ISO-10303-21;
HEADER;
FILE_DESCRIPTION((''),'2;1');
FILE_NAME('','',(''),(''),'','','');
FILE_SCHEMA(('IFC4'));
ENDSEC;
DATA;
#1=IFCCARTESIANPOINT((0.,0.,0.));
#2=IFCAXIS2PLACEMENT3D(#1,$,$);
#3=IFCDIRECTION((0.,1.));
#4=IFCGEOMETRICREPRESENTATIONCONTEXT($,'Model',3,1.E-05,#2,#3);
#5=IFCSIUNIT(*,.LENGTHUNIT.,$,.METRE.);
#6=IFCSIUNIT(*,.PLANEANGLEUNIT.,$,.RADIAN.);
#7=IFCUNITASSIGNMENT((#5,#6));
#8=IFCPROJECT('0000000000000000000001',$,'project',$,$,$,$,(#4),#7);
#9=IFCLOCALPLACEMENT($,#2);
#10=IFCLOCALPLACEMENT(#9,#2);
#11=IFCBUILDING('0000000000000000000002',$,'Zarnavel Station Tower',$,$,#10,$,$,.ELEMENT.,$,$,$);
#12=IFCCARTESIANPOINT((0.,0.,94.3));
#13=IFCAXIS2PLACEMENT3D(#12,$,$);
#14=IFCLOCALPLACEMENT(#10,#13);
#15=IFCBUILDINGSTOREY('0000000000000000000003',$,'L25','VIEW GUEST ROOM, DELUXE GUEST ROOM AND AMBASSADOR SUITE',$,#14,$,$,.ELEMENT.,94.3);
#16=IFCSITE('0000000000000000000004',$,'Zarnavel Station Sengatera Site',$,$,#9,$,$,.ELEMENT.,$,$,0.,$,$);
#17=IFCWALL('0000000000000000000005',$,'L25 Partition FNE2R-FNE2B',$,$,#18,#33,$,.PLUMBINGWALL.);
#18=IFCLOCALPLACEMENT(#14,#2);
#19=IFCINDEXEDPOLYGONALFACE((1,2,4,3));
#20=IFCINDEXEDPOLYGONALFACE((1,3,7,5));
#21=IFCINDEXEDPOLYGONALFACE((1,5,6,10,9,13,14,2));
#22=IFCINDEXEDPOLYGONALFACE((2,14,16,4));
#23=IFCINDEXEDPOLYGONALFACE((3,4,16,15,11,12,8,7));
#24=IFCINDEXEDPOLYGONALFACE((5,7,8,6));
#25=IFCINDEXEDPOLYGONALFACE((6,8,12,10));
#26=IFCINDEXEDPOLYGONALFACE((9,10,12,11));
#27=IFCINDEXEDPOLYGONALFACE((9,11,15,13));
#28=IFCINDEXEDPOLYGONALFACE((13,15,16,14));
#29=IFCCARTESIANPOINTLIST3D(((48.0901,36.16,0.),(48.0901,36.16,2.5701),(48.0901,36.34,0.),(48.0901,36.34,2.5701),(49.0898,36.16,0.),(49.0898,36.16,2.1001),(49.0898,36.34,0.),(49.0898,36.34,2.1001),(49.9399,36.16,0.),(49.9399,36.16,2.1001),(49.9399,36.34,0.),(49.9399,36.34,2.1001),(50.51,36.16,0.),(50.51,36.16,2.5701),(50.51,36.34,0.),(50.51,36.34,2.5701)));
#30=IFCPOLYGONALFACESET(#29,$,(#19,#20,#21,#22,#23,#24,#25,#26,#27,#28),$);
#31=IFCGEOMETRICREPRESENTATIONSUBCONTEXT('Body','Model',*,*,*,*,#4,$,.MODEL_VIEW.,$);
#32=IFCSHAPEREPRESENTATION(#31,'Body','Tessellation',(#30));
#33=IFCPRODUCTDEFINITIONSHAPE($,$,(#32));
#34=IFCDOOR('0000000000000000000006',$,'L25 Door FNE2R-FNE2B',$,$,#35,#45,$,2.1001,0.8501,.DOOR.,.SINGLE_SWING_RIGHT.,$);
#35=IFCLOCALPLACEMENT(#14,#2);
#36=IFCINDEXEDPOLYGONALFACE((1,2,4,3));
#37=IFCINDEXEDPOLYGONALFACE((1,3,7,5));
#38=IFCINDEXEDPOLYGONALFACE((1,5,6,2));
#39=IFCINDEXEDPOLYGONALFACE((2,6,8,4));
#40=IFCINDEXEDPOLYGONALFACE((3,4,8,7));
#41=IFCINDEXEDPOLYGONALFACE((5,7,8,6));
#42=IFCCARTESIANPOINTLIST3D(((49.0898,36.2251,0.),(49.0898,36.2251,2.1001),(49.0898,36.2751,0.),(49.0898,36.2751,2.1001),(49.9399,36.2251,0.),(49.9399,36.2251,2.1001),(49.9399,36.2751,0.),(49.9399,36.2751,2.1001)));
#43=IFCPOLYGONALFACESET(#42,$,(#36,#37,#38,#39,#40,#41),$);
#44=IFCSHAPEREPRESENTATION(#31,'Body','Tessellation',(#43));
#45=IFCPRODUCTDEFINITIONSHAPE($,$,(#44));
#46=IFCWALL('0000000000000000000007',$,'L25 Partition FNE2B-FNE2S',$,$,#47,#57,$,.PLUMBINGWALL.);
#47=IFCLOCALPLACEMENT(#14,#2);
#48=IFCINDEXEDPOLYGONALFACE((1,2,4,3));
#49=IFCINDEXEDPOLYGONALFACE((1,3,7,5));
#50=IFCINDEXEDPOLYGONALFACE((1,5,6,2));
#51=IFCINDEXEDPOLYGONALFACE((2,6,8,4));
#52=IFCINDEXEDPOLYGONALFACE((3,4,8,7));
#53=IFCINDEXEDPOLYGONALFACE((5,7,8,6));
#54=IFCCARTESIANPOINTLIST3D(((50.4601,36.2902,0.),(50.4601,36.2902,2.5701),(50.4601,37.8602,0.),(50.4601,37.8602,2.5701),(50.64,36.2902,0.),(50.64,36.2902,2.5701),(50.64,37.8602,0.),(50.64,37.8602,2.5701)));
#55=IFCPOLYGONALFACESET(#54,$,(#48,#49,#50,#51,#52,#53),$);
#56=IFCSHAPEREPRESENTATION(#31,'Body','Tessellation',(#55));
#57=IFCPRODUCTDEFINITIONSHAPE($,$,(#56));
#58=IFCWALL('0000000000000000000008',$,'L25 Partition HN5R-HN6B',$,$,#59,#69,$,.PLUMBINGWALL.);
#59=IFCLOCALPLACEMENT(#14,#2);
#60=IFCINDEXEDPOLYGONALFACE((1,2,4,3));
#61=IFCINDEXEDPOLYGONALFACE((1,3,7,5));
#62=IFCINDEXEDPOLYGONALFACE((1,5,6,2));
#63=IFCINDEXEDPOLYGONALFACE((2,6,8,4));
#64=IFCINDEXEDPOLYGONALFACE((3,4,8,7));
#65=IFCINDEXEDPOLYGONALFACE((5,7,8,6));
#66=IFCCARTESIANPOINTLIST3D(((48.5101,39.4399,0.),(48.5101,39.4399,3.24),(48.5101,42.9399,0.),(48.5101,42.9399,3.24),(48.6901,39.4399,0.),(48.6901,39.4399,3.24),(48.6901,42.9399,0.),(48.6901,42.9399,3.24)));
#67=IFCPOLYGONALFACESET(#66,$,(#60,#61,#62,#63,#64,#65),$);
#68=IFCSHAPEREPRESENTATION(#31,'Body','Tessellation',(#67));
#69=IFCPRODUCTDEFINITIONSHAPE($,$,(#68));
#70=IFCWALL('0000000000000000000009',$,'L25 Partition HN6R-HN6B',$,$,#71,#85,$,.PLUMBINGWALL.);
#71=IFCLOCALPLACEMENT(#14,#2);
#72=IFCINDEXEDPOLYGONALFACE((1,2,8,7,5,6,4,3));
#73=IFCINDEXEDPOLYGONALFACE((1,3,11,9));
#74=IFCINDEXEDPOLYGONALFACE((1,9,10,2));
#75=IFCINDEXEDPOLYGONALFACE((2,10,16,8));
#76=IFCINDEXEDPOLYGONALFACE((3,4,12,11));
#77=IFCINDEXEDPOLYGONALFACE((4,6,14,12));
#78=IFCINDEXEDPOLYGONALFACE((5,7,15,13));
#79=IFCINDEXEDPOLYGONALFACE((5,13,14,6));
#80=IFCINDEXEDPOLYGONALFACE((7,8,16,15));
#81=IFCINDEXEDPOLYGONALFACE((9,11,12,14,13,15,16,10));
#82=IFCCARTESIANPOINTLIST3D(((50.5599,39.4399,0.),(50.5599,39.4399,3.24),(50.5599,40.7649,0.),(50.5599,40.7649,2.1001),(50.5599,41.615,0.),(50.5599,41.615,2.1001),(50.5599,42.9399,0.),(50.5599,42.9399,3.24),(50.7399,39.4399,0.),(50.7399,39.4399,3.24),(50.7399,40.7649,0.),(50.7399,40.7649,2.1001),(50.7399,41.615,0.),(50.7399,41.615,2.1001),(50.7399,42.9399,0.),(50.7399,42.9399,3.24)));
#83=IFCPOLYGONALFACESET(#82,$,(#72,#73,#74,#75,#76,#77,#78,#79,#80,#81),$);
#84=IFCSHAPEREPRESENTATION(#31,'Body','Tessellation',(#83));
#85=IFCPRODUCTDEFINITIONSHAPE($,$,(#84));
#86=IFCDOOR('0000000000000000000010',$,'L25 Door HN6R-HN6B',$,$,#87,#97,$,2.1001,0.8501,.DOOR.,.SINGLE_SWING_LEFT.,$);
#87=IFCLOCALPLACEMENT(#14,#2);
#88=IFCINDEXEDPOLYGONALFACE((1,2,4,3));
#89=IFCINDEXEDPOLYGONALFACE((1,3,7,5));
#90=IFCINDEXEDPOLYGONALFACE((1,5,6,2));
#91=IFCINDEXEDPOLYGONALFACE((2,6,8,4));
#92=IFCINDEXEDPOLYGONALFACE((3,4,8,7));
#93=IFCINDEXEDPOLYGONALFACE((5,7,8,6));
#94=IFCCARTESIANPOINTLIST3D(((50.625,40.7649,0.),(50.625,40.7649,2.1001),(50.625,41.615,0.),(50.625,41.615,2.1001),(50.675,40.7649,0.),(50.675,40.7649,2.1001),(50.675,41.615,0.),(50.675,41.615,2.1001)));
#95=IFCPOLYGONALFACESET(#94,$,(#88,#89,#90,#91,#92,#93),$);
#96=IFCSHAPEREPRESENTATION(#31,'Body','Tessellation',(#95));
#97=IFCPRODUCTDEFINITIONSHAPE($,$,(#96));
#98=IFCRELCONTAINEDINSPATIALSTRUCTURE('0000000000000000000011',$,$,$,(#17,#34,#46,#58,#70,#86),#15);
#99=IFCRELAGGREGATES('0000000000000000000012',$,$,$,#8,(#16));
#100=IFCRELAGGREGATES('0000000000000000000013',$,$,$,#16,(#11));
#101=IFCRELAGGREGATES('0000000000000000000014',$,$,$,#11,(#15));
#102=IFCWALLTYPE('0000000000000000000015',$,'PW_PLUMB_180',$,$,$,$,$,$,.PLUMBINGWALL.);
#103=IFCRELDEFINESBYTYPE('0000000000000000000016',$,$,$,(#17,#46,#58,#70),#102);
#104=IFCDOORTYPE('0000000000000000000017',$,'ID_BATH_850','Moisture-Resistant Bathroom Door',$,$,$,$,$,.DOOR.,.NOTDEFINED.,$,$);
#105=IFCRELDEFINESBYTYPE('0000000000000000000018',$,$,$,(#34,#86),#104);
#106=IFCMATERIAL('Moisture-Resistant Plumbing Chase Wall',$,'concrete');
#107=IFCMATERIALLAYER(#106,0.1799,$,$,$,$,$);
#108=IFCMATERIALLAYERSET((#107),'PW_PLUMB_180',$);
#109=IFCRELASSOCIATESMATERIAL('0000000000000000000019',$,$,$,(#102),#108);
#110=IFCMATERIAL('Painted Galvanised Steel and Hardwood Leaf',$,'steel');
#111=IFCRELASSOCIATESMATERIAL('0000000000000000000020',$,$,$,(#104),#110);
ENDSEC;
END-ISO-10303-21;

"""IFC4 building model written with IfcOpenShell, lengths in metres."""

from ifc_helpers import new_model, si_unit, direction, frame, frame_2d, origin, place, context, subcontext, project, spatial, rectangle, extrude, material, layer, layer_set, type_object, element, fill, save


model = new_model("IFC4")

# Units and contexts
model_context = context("Model", 3, precision=1e-05, world=origin(), true_north=direction((0.0, 1.0)))
body_context = subcontext(model_context, "Body", "Model", "MODEL_VIEW")
ifc_project = project(units=[si_unit("LENGTHUNIT", "METRE"), si_unit("PLANEANGLEUNIT", "RADIAN")], contexts=[model_context])

# Site, building, storey
site_placement = place(None, origin())
site = spatial("IfcSite", under=ifc_project, at=site_placement, Name="Zarnavel Station Sengatera Site", CompositionType="ELEMENT", RefElevation=0.0)
building_placement = place(site_placement, origin())
building = spatial("IfcBuilding", under=site, at=building_placement, Name="Zarnavel Station Tower", CompositionType="ELEMENT")
storey_placement = place(building_placement, frame((0.0, 0.0, 94.3)))
storey = spatial("IfcBuildingStorey", under=building, at=storey_placement, Name="L25", Description="VIEW GUEST ROOM, DELUXE GUEST ROOM AND AMBASSADOR SUITE", CompositionType="ELEMENT", Elevation=94.3)

# Shared definitions
ifc_material_1 = material(Name="Moisture-Resistant Plumbing Chase Wall", Category="concrete")
ifc_layer_1 = layer(ifc_material_1, 0.1799)
ifc_layer_set_1 = layer_set([ifc_layer_1], Name="PW_PLUMB_180")
wall_type_1 = type_object("IfcWallType", Name="PW_PLUMB_180", PredefinedType="PLUMBINGWALL", material=ifc_layer_set_1)

# Wall, opening, door
wall_1_placement = place(storey_placement, frame((50.51, 36.25, 0.0), z_axis=(0.0, 0.0, 1.0), x_axis=(-1.0, 0.0, 0.0)))
wall_1 = element("IfcWall", 1, at=wall_1_placement, inside=storey, type_object=wall_type_1, Name="L25 Partition FNE2R-FNE2B", PredefinedType="PLUMBINGWALL", context=body_context, shape_type="SweptSolid", body=[
    extrude(rectangle(XDim=2.4199, YDim=0.1799, at=frame_2d((1.21, 0.0))), origin(), (0.0, 0.0, 1.0), 2.5701),
])
opening_1_placement = place(wall_1_placement, frame((0.5701, 0.0, 0.0)))
opening_1 = element("IfcOpeningElement", 2, at=opening_1_placement, cuts=wall_1, PredefinedType="OPENING", context=body_context, shape_type="SweptSolid", body=[
    extrude(rectangle(XDim=0.8501, YDim=2.1001, at=frame_2d((0.425, 1.05))), frame((0.0, 0.0999, 0.0), z_axis=(0.0, -1.0, 0.0), x_axis=(1.0, 0.0, 0.0)), (0.0, 0.0, 1.0), 0.2),
])
ifc_material_2 = material(Name="Painted Galvanised Steel and Hardwood Leaf", Category="steel")
door_type_1 = type_object("IfcDoorType", Name="ID_BATH_850", Description="Moisture-Resistant Bathroom Door", OperationType="NOTDEFINED", PredefinedType="DOOR", material=ifc_material_2)
door_1_placement = place(opening_1_placement, origin())
door_1 = element("IfcDoor", 3, at=door_1_placement, inside=storey, type_object=door_type_1, Name="L25 Door FNE2R-FNE2B", OperationType="SINGLE_SWING_RIGHT", OverallHeight=2.1001, OverallWidth=0.8501, PredefinedType="DOOR", context=body_context, shape_type="SweptSolid", body=[
    extrude(rectangle(XDim=0.8501, YDim=2.1001, at=frame_2d((0.425, 1.05))), frame((0.0, 0.0249, 0.0), z_axis=(0.0, -1.0, 0.0), x_axis=(1.0, 0.0, 0.0)), (0.0, 0.0, 1.0), 0.05),
])
fill(opening_1, door_1)

# Walls
wall_2_placement = place(storey_placement, frame((50.55, 36.29, 0.0), z_axis=(0.0, 0.0, 1.0), x_axis=(0.0, 1.0, 0.0)))
element("IfcWall", 4, at=wall_2_placement, inside=storey, type_object=wall_type_1, Name="L25 Partition FNE2B-FNE2S", PredefinedType="PLUMBINGWALL", context=body_context, shape_type="SweptSolid", body=[
    extrude(rectangle(XDim=1.5701, YDim=0.1799, at=frame_2d((0.7852, 0.0))), origin(), (0.0, 0.0, 1.0), 2.5701),
])
wall_3_placement = place(storey_placement, frame((48.6001, 39.4399, 0.0), z_axis=(0.0, 0.0, 1.0), x_axis=(0.0, 1.0, 0.0)))
element("IfcWall", 5, at=wall_3_placement, inside=storey, type_object=wall_type_1, Name="L25 Partition HN5R-HN6B", PredefinedType="PLUMBINGWALL", context=body_context, shape_type="SweptSolid", body=[
    extrude(rectangle(XDim=3.5, YDim=0.1799, at=frame_2d((1.75, 0.0))), origin(), (0.0, 0.0, 1.0), 3.24),
])

# Wall, opening, door
wall_4_placement = place(storey_placement, frame((50.6499, 39.4399, 0.0), z_axis=(0.0, 0.0, 1.0), x_axis=(0.0, 1.0, 0.0)))
wall_4 = element("IfcWall", 6, at=wall_4_placement, inside=storey, type_object=wall_type_1, Name="L25 Partition HN6R-HN6B", PredefinedType="PLUMBINGWALL", context=body_context, shape_type="SweptSolid", body=[
    extrude(rectangle(XDim=3.5, YDim=0.1799, at=frame_2d((1.75, 0.0))), origin(), (0.0, 0.0, 1.0), 3.24),
])
opening_2_placement = place(wall_4_placement, frame((1.325, 0.0, 0.0)))
opening_2 = element("IfcOpeningElement", 7, at=opening_2_placement, cuts=wall_4, PredefinedType="OPENING", context=body_context, shape_type="SweptSolid", body=[
    extrude(rectangle(XDim=0.8501, YDim=2.1001, at=frame_2d((0.425, 1.05))), frame((0.0, 0.0999, 0.0), z_axis=(0.0, -1.0, 0.0), x_axis=(1.0, 0.0, 0.0)), (0.0, 0.0, 1.0), 0.2),
])
door_2_placement = place(opening_2_placement, origin())
door_2 = element("IfcDoor", 8, at=door_2_placement, inside=storey, type_object=door_type_1, Name="L25 Door HN6R-HN6B", OperationType="SINGLE_SWING_LEFT", OverallHeight=2.1001, OverallWidth=0.8501, PredefinedType="DOOR", context=body_context, shape_type="SweptSolid", body=[
    extrude(rectangle(XDim=0.8501, YDim=2.1001, at=frame_2d((0.425, 1.05))), frame((0.0, 0.0249, 0.0), z_axis=(0.0, -1.0, 0.0), x_axis=(1.0, 0.0, 0.0)), (0.0, 0.0, 1.0), 0.05),
])
fill(opening_2, door_2)

save(model, "model.ifc")
